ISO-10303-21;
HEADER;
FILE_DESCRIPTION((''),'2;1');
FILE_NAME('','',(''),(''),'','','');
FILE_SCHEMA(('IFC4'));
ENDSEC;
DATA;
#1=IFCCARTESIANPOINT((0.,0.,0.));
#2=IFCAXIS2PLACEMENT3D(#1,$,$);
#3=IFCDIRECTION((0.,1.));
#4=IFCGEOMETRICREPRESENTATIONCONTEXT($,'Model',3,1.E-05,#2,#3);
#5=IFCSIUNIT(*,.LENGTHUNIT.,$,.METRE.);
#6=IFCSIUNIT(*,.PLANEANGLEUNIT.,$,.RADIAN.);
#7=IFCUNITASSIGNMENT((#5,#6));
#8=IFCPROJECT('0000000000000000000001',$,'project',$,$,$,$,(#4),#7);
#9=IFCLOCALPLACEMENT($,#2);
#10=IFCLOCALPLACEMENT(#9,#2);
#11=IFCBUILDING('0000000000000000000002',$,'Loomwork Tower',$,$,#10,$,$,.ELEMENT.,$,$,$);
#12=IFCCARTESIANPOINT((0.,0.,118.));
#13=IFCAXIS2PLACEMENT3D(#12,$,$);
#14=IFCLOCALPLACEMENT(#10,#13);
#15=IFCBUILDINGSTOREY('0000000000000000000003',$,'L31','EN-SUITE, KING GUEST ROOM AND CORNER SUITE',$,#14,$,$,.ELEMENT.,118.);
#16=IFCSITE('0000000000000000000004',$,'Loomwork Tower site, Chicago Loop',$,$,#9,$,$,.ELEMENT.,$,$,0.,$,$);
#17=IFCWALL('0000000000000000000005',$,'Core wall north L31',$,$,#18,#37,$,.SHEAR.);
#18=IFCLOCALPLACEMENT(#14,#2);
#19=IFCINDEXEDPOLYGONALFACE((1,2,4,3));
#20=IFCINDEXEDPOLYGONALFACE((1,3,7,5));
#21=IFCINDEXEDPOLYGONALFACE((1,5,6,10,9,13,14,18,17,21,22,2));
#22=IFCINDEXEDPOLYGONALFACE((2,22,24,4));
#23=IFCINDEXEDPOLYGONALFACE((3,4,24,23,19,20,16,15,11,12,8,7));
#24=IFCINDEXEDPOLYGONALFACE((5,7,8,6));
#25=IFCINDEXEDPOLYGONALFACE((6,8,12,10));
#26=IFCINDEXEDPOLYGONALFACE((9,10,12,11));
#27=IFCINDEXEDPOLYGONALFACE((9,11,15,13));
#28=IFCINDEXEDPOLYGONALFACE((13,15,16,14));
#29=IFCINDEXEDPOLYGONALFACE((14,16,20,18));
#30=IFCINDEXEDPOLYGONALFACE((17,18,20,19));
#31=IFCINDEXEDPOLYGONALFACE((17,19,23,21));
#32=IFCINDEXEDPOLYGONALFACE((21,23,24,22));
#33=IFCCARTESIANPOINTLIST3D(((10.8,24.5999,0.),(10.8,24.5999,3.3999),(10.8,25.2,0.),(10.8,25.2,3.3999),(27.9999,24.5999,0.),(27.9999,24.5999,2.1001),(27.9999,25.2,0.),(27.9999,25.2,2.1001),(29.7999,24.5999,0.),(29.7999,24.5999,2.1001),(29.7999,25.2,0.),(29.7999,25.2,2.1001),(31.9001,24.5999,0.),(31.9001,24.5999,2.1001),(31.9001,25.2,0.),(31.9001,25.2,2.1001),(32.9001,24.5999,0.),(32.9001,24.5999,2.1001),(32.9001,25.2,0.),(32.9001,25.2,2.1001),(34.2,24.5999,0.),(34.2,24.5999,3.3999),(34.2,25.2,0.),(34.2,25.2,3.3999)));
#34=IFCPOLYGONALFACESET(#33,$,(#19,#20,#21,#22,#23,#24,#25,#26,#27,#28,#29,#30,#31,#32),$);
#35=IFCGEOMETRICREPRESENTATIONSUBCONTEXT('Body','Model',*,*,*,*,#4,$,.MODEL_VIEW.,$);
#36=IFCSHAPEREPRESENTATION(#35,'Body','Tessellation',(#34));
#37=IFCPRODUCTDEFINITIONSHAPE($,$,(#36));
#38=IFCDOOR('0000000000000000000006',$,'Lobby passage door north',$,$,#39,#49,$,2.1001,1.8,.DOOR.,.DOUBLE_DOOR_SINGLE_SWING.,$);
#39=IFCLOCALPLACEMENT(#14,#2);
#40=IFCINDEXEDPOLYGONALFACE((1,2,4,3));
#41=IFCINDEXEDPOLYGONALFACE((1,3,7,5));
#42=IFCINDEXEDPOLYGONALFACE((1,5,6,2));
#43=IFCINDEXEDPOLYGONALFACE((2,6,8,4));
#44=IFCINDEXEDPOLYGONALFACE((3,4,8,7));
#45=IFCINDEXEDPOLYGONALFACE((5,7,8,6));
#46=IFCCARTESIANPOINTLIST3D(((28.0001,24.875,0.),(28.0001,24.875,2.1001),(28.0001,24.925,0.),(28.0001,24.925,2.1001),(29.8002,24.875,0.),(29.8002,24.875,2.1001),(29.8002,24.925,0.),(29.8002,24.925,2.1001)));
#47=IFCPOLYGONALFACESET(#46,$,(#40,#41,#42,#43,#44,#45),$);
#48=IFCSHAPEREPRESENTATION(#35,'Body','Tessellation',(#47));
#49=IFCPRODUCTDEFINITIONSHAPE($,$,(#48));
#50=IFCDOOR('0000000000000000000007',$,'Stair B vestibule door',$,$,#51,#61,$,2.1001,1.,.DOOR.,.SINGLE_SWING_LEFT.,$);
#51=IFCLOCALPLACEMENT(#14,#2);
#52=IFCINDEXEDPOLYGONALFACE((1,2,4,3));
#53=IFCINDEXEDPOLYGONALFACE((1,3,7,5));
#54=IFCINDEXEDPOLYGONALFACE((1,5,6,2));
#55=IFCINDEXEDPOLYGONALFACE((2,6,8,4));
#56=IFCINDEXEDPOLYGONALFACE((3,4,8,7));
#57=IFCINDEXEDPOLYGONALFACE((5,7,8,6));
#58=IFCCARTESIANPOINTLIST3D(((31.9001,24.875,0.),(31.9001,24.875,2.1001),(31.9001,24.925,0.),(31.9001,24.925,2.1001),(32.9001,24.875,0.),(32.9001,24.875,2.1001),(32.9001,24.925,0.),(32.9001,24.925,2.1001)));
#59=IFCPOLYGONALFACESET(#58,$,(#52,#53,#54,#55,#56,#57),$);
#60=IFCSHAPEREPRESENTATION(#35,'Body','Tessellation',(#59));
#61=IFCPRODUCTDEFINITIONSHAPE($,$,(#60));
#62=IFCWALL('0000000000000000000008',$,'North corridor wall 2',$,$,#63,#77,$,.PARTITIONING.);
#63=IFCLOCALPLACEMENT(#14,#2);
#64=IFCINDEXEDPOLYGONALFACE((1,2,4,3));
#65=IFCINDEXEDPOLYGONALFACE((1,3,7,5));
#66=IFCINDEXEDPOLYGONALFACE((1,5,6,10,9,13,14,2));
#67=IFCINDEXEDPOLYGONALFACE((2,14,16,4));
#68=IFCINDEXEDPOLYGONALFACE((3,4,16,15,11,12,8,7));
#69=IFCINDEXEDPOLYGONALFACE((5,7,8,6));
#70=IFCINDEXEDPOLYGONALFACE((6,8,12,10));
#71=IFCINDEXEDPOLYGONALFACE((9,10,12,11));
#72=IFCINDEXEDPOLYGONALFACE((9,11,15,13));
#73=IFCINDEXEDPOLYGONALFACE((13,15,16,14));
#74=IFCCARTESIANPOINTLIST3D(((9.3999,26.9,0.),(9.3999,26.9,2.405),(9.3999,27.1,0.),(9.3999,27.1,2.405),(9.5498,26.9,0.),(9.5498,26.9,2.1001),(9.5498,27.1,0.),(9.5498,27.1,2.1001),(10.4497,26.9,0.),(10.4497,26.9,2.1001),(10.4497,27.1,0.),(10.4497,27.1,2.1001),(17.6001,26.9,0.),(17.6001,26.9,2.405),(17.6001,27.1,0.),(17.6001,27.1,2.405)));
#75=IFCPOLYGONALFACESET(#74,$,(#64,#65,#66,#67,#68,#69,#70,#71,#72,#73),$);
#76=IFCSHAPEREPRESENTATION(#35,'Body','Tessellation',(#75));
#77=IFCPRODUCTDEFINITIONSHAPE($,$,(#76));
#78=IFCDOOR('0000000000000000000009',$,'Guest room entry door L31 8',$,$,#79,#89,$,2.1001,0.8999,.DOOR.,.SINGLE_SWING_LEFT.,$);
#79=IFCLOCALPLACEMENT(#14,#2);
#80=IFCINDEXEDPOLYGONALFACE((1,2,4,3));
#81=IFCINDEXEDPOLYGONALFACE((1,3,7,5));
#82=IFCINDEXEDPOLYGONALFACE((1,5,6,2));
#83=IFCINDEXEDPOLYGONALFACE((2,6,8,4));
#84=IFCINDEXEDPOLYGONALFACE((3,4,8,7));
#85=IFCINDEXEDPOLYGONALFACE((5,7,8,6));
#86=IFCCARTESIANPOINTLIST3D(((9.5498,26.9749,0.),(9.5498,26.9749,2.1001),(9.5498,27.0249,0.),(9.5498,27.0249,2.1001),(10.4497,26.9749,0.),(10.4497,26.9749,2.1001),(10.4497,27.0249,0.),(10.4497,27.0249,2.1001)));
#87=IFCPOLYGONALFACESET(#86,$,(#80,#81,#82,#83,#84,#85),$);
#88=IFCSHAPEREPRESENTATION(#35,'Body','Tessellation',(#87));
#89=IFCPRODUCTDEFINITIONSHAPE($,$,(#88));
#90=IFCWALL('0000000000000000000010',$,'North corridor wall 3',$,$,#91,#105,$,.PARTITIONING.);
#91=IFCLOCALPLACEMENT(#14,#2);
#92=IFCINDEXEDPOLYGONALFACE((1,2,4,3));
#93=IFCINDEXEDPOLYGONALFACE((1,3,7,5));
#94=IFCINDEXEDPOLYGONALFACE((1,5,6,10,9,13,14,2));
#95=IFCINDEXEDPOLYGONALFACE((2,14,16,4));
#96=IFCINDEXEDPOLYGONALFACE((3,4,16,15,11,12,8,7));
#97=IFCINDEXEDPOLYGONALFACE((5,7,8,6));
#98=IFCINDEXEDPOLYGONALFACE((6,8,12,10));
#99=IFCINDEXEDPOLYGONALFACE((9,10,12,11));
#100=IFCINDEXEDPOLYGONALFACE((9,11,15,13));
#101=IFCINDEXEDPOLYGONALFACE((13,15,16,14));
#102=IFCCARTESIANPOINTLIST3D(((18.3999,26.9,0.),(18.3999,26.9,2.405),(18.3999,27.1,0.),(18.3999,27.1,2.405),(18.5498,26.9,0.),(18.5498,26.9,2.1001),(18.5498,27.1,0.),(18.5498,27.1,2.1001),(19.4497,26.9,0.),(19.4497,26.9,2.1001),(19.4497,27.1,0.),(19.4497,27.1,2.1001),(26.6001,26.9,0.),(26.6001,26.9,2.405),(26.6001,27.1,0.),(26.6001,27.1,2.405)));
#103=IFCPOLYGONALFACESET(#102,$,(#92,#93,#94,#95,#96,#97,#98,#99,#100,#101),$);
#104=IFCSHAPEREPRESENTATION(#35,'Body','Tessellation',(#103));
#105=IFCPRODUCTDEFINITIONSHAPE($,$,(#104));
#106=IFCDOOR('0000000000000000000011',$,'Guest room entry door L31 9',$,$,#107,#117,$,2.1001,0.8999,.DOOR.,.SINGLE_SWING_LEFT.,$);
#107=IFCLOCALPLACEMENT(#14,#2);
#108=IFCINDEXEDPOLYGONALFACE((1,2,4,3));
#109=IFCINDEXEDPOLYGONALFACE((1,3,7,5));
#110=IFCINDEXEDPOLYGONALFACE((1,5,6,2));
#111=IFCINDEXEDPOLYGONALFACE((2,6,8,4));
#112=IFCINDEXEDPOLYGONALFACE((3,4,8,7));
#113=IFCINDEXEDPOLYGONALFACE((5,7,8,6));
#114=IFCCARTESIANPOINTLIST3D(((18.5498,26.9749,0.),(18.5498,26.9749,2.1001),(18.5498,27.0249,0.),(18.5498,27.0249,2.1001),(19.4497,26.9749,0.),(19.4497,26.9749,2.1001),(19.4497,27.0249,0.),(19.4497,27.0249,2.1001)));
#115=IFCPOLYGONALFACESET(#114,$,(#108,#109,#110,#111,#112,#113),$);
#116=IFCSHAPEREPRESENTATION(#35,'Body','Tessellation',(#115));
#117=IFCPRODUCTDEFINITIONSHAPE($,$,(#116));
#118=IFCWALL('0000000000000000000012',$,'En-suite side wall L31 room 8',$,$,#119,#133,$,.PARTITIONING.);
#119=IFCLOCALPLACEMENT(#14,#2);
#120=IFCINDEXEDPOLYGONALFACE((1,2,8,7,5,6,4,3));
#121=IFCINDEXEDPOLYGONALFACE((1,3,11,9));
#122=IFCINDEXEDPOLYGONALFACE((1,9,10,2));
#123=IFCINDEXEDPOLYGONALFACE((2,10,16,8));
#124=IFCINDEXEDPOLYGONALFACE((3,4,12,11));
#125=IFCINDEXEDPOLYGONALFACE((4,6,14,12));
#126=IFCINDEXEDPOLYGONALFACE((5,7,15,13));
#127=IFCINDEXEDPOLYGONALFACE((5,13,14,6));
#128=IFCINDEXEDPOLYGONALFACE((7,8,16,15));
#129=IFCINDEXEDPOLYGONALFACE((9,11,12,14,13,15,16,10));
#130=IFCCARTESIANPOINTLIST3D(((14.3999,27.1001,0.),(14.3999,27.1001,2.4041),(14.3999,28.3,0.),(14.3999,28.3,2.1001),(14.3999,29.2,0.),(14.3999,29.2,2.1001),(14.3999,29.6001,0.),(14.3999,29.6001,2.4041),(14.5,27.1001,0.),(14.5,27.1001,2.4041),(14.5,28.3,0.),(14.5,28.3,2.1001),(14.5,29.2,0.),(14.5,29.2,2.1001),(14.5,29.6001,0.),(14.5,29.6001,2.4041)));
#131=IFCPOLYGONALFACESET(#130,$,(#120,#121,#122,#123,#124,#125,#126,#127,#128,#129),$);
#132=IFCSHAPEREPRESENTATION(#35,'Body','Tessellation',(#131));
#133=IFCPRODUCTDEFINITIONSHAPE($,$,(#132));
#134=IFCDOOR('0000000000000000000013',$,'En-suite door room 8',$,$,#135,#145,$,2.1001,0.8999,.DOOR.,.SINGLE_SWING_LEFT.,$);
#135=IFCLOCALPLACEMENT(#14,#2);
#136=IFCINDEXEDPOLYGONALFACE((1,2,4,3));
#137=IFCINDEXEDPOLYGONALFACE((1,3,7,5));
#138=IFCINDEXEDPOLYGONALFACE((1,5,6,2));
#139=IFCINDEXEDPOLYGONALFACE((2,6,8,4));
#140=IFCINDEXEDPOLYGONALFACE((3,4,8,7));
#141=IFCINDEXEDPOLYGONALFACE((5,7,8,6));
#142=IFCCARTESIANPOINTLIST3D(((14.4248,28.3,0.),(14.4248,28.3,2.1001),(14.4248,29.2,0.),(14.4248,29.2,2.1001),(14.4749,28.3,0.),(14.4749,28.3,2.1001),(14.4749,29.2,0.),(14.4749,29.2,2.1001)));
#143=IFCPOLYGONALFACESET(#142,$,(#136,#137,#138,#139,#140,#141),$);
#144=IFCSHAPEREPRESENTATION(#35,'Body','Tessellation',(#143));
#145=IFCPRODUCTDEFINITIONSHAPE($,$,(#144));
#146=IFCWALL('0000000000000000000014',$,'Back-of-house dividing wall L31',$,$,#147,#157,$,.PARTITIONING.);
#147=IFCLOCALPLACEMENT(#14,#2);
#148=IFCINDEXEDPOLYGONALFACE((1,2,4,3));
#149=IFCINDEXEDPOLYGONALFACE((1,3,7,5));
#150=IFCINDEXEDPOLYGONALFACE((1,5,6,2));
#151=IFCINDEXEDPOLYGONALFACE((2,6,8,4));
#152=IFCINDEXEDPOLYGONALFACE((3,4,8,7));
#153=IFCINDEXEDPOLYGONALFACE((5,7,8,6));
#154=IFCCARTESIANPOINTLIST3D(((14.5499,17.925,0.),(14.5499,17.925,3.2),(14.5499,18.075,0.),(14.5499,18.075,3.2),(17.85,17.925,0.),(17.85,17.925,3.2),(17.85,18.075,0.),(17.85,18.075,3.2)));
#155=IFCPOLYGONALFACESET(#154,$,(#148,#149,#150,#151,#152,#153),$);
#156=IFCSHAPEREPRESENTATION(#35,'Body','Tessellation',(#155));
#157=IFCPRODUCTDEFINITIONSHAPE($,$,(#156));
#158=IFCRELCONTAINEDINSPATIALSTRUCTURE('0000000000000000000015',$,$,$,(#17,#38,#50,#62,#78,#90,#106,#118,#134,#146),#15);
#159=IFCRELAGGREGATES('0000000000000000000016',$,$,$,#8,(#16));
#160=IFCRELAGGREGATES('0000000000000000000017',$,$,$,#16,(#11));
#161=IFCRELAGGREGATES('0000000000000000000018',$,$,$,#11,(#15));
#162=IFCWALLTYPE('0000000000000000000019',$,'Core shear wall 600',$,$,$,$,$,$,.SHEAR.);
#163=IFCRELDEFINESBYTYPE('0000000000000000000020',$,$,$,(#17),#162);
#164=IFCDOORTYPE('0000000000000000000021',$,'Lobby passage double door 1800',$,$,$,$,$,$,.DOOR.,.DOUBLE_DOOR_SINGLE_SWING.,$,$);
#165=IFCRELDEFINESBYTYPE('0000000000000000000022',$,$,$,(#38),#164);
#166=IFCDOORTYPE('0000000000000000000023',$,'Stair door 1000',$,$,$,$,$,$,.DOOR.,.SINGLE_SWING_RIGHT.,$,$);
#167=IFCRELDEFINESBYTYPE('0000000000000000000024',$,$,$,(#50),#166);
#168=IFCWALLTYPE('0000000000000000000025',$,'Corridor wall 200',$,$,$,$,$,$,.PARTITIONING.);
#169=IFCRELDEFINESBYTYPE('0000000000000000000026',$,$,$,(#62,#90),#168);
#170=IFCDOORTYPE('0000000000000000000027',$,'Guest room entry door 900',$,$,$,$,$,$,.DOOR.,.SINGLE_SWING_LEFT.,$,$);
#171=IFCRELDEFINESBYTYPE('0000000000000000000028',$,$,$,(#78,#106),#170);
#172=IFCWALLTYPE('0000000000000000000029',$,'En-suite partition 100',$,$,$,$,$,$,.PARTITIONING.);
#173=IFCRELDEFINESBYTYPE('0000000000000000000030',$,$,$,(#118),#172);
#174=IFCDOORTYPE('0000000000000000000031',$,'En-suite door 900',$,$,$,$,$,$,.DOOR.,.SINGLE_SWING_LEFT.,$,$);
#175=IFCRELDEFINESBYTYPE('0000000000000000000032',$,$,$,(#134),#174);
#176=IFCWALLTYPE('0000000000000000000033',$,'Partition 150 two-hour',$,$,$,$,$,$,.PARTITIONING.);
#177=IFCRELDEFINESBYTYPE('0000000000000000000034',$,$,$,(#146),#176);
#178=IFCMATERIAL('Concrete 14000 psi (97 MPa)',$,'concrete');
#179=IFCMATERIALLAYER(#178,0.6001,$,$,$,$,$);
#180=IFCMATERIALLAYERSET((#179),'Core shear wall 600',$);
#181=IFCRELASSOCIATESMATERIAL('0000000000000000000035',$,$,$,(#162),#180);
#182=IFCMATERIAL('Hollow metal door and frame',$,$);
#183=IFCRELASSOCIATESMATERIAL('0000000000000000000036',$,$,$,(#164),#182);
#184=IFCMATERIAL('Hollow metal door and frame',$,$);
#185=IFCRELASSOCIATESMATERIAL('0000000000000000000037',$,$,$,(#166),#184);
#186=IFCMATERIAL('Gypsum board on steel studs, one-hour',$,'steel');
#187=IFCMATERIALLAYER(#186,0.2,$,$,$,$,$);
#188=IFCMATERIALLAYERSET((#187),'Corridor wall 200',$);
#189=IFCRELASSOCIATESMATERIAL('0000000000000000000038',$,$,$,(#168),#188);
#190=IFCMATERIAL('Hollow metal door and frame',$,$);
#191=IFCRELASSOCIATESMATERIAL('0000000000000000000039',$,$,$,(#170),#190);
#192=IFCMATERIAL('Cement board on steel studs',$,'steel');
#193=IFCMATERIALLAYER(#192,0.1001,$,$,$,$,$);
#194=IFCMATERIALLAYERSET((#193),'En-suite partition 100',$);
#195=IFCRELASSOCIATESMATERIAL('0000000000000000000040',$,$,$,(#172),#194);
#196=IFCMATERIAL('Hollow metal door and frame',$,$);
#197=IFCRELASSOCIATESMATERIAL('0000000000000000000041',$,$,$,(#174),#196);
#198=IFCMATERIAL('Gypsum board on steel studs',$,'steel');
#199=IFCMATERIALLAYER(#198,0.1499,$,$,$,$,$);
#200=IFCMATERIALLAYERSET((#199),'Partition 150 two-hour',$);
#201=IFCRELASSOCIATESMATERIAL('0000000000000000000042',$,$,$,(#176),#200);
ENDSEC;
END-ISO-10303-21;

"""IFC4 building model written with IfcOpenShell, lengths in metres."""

from ifc_helpers import new_model, si_unit, direction, frame, frame_2d, origin, place, context, subcontext, project, spatial, rectangle, extrude, material, layer, layer_set, type_object, element, fill, save


model = new_model("IFC4")

# Units and contexts
model_context = context("Model", 3, precision=1e-05, world=origin(), true_north=direction((0.0, 1.0)))
body_context = subcontext(model_context, "Body", "Model", "MODEL_VIEW")
ifc_project = project(units=[si_unit("LENGTHUNIT", "METRE"), si_unit("PLANEANGLEUNIT", "RADIAN")], contexts=[model_context])

# Site, building, storey
site_placement = place(None, origin())
site = spatial("IfcSite", under=ifc_project, at=site_placement, Name="Loomwork Tower site, Chicago Loop", CompositionType="ELEMENT", RefElevation=0.0)
building_placement = place(site_placement, origin())
building = spatial("IfcBuilding", under=site, at=building_placement, Name="Loomwork Tower", CompositionType="ELEMENT")
storey_placement = place(building_placement, frame((0.0, 0.0, 118.0)))
storey = spatial("IfcBuildingStorey", under=building, at=storey_placement, Name="L31", Description="EN-SUITE, KING GUEST ROOM AND CORNER SUITE", CompositionType="ELEMENT", Elevation=118.0)

# Wall, openings, doors
ifc_material_1 = material(Name="Concrete 14000 psi (97 MPa)", Category="concrete")
ifc_layer_1 = layer(ifc_material_1, 0.6001)
ifc_layer_set_1 = layer_set([ifc_layer_1], Name="Core shear wall 600")
wall_type_1 = type_object("IfcWallType", Name="Core shear wall 600", PredefinedType="SHEAR", material=ifc_layer_set_1)
wall_1_placement = place(storey_placement, frame((10.8, 24.8999, 0.0), z_axis=(0.0, 0.0, 1.0), x_axis=(1.0, 0.0, 0.0)))
wall_1 = element("IfcWall", 1, at=wall_1_placement, inside=storey, type_object=wall_type_1, Name="Core wall north L31", PredefinedType="SHEAR", context=body_context, shape_type="SweptSolid", body=[
    extrude(rectangle(XDim=23.3999, YDim=0.6001, at=frame_2d((11.7, 0.0))), origin(), (0.0, 0.0, 1.0), 3.3999),
])
opening_1_placement = place(wall_1_placement, frame((17.2, 0.0, 0.0)))
opening_1 = element("IfcOpeningElement", 2, at=opening_1_placement, cuts=wall_1, PredefinedType="OPENING", context=body_context, shape_type="SweptSolid", body=[
    extrude(rectangle(XDim=1.8, YDim=2.1001, at=frame_2d((0.8999, 1.05))), frame((0.0, 0.3101, 0.0), z_axis=(0.0, -1.0, 0.0), x_axis=(1.0, 0.0, 0.0)), (0.0, 0.0, 1.0), 0.6201),
])
opening_2_placement = place(wall_1_placement, frame((21.1001, 0.0, 0.0)))
opening_2 = element("IfcOpeningElement", 3, at=opening_2_placement, cuts=wall_1, PredefinedType="OPENING", context=body_context, shape_type="SweptSolid", body=[
    extrude(rectangle(XDim=1.0, YDim=2.1001, at=frame_2d((0.5, 1.05))), frame((0.0, 0.3101, 0.0), z_axis=(0.0, -1.0, 0.0), x_axis=(1.0, 0.0, 0.0)), (0.0, 0.0, 1.0), 0.6201),
])
ifc_material_2 = material(Name="Hollow metal door and frame")
door_type_1 = type_object("IfcDoorType", Name="Lobby passage double door 1800", OperationType="DOUBLE_DOOR_SINGLE_SWING", PredefinedType="DOOR", material=ifc_material_2)
door_1_placement = place(opening_1_placement, frame((1.8, 0.0, 0.0), z_axis=(0.0, 0.0, 1.0), x_axis=(-1.0, 0.0, 0.0)))
door_1 = element("IfcDoor", 4, at=door_1_placement, inside=storey, type_object=door_type_1, Name="Lobby passage door north", OperationType="DOUBLE_DOOR_SINGLE_SWING", OverallHeight=2.1001, OverallWidth=1.8, PredefinedType="DOOR", context=body_context, shape_type="SweptSolid", body=[
    extrude(rectangle(XDim=1.8, YDim=2.1001, at=frame_2d((0.8999, 1.05))), frame((0.0, 0.0249, 0.0), z_axis=(0.0, -1.0, 0.0), x_axis=(1.0, 0.0, 0.0)), (0.0, 0.0, 1.0), 0.05),
])
fill(opening_1, door_1)
ifc_material_3 = material(Name="Hollow metal door and frame")
door_type_2 = type_object("IfcDoorType", Name="Stair door 1000", OperationType="SINGLE_SWING_RIGHT", PredefinedType="DOOR", material=ifc_material_3)
door_2_placement = place(opening_2_placement, frame((1.0, 0.0, 0.0), z_axis=(0.0, 0.0, 1.0), x_axis=(-1.0, 0.0, 0.0)))
door_2 = element("IfcDoor", 5, at=door_2_placement, inside=storey, type_object=door_type_2, Name="Stair B vestibule door", OperationType="SINGLE_SWING_LEFT", OverallHeight=2.1001, OverallWidth=1.0, PredefinedType="DOOR", context=body_context, shape_type="SweptSolid", body=[
    extrude(rectangle(XDim=1.0, YDim=2.1001, at=frame_2d((0.5, 1.05))), frame((0.0, 0.0249, 0.0), z_axis=(0.0, -1.0, 0.0), x_axis=(1.0, 0.0, 0.0)), (0.0, 0.0, 1.0), 0.05),
])
fill(opening_2, door_2)

# Walls, openings, doors
ifc_material_4 = material(Name="Gypsum board on steel studs, one-hour", Category="steel")
ifc_layer_2 = layer(ifc_material_4, 0.2)
ifc_layer_set_2 = layer_set([ifc_layer_2], Name="Corridor wall 200")
wall_type_2 = type_object("IfcWallType", Name="Corridor wall 200", PredefinedType="PARTITIONING", material=ifc_layer_set_2)
wall_2_placement = place(storey_placement, frame((9.3999, 27.0, 0.0), z_axis=(0.0, 0.0, 1.0), x_axis=(1.0, 0.0, 0.0)))
wall_2 = element("IfcWall", 6, at=wall_2_placement, inside=storey, type_object=wall_type_2, Name="North corridor wall 2", PredefinedType="PARTITIONING", context=body_context, shape_type="SweptSolid", body=[
    extrude(rectangle(XDim=8.2002, YDim=0.2, at=frame_2d((4.1001, 0.0))), origin(), (0.0, 0.0, 1.0), 2.405),
])
opening_3_placement = place(wall_2_placement, frame((0.1499, 0.0, 0.0)))
opening_3 = element("IfcOpeningElement", 7, at=opening_3_placement, cuts=wall_2, PredefinedType="OPENING", context=body_context, shape_type="SweptSolid", body=[
    extrude(rectangle(XDim=0.8999, YDim=2.1001, at=frame_2d((0.45, 1.05))), frame((0.0, 0.1099, 0.0), z_axis=(0.0, -1.0, 0.0), x_axis=(1.0, 0.0, 0.0)), (0.0, 0.0, 1.0), 0.22),
])
ifc_material_5 = material(Name="Hollow metal door and frame")
door_type_3 = type_object("IfcDoorType", Name="Guest room entry door 900", OperationType="SINGLE_SWING_LEFT", PredefinedType="DOOR", material=ifc_material_5)
door_3_placement = place(opening_3_placement, origin())
door_3 = element("IfcDoor", 8, at=door_3_placement, inside=storey, type_object=door_type_3, Name="Guest room entry door L31 8", OperationType="SINGLE_SWING_LEFT", OverallHeight=2.1001, OverallWidth=0.8999, PredefinedType="DOOR", context=body_context, shape_type="SweptSolid", body=[
    extrude(rectangle(XDim=0.8999, YDim=2.1001, at=frame_2d((0.45, 1.05))), frame((0.0, 0.0249, 0.0), z_axis=(0.0, -1.0, 0.0), x_axis=(1.0, 0.0, 0.0)), (0.0, 0.0, 1.0), 0.05),
])
fill(opening_3, door_3)
wall_3_placement = place(storey_placement, frame((18.3999, 27.0, 0.0), z_axis=(0.0, 0.0, 1.0), x_axis=(1.0, 0.0, 0.0)))
wall_3 = element("IfcWall", 9, at=wall_3_placement, inside=storey, type_object=wall_type_2, Name="North corridor wall 3", PredefinedType="PARTITIONING", context=body_context, shape_type="SweptSolid", body=[
    extrude(rectangle(XDim=8.2002, YDim=0.2, at=frame_2d((4.1001, 0.0))), origin(), (0.0, 0.0, 1.0), 2.405),
])
opening_4_placement = place(wall_3_placement, frame((0.1499, 0.0, 0.0)))
opening_4 = element("IfcOpeningElement", 10, at=opening_4_placement, cuts=wall_3, PredefinedType="OPENING", context=body_context, shape_type="SweptSolid", body=[
    extrude(rectangle(XDim=0.8999, YDim=2.1001, at=frame_2d((0.45, 1.05))), frame((0.0, 0.1099, 0.0), z_axis=(0.0, -1.0, 0.0), x_axis=(1.0, 0.0, 0.0)), (0.0, 0.0, 1.0), 0.22),
])
door_4_placement = place(opening_4_placement, origin())
door_4 = element("IfcDoor", 11, at=door_4_placement, inside=storey, type_object=door_type_3, Name="Guest room entry door L31 9", OperationType="SINGLE_SWING_LEFT", OverallHeight=2.1001, OverallWidth=0.8999, PredefinedType="DOOR", context=body_context, shape_type="SweptSolid", body=[
    extrude(rectangle(XDim=0.8999, YDim=2.1001, at=frame_2d((0.45, 1.05))), frame((0.0, 0.0249, 0.0), z_axis=(0.0, -1.0, 0.0), x_axis=(1.0, 0.0, 0.0)), (0.0, 0.0, 1.0), 0.05),
])
fill(opening_4, door_4)
ifc_material_6 = material(Name="Cement board on steel studs", Category="steel")
ifc_layer_3 = layer(ifc_material_6, 0.1001)
ifc_layer_set_3 = layer_set([ifc_layer_3], Name="En-suite partition 100")
wall_type_3 = type_object("IfcWallType", Name="En-suite partition 100", PredefinedType="PARTITIONING", material=ifc_layer_set_3)
wall_4_placement = place(storey_placement, frame((14.45, 27.1001, 0.0), z_axis=(0.0, 0.0, 1.0), x_axis=(0.0, 1.0, 0.0)))
wall_4 = element("IfcWall", 12, at=wall_4_placement, inside=storey, type_object=wall_type_3, Name="En-suite side wall L31 room 8", PredefinedType="PARTITIONING", context=body_context, shape_type="SweptSolid", body=[
    extrude(rectangle(XDim=2.5, YDim=0.1001, at=frame_2d((1.25, 0.0))), origin(), (0.0, 0.0, 1.0), 2.4041),
])
opening_5_placement = place(wall_4_placement, frame((1.2, 0.0, 0.0)))
opening_5 = element("IfcOpeningElement", 13, at=opening_5_placement, cuts=wall_4, PredefinedType="OPENING", context=body_context, shape_type="SweptSolid", body=[
    extrude(rectangle(XDim=0.8999, YDim=2.1001, at=frame_2d((0.45, 1.05))), frame((0.0, 0.0601, 0.0), z_axis=(0.0, -1.0, 0.0), x_axis=(1.0, 0.0, 0.0)), (0.0, 0.0, 1.0), 0.1201),
])
ifc_material_7 = material(Name="Hollow metal door and frame")
door_type_4 = type_object("IfcDoorType", Name="En-suite door 900", OperationType="SINGLE_SWING_LEFT", PredefinedType="DOOR", material=ifc_material_7)
door_5_placement = place(opening_5_placement, frame((0.8999, 0.0, 0.0), z_axis=(0.0, 0.0, 1.0), x_axis=(-1.0, 0.0, 0.0)))
door_5 = element("IfcDoor", 14, at=door_5_placement, inside=storey, type_object=door_type_4, Name="En-suite door room 8", OperationType="SINGLE_SWING_LEFT", OverallHeight=2.1001, OverallWidth=0.8999, PredefinedType="DOOR", context=body_context, shape_type="SweptSolid", body=[
    extrude(rectangle(XDim=0.8999, YDim=2.1001, at=frame_2d((0.45, 1.05))), frame((0.0, 0.0249, 0.0), z_axis=(0.0, -1.0, 0.0), x_axis=(1.0, 0.0, 0.0)), (0.0, 0.0, 1.0), 0.05),
])
fill(opening_5, door_5)

# Wall
ifc_material_8 = material(Name="Gypsum board on steel studs", Category="steel")
ifc_layer_4 = layer(ifc_material_8, 0.1499)
ifc_layer_set_4 = layer_set([ifc_layer_4], Name="Partition 150 two-hour")
wall_type_4 = type_object("IfcWallType", Name="Partition 150 two-hour", PredefinedType="PARTITIONING", material=ifc_layer_set_4)
wall_5_placement = place(storey_placement, frame((14.55, 18.0, 0.0), z_axis=(0.0, 0.0, 1.0), x_axis=(1.0, 0.0, 0.0)))
element("IfcWall", 15, at=wall_5_placement, inside=storey, type_object=wall_type_4, Name="Back-of-house dividing wall L31", PredefinedType="PARTITIONING", context=body_context, shape_type="SweptSolid", body=[
    extrude(rectangle(XDim=3.3, YDim=0.1499, at=frame_2d((1.6499, 0.0))), origin(), (0.0, 0.0, 1.0), 3.2),
])

save(model, "model.ifc")
